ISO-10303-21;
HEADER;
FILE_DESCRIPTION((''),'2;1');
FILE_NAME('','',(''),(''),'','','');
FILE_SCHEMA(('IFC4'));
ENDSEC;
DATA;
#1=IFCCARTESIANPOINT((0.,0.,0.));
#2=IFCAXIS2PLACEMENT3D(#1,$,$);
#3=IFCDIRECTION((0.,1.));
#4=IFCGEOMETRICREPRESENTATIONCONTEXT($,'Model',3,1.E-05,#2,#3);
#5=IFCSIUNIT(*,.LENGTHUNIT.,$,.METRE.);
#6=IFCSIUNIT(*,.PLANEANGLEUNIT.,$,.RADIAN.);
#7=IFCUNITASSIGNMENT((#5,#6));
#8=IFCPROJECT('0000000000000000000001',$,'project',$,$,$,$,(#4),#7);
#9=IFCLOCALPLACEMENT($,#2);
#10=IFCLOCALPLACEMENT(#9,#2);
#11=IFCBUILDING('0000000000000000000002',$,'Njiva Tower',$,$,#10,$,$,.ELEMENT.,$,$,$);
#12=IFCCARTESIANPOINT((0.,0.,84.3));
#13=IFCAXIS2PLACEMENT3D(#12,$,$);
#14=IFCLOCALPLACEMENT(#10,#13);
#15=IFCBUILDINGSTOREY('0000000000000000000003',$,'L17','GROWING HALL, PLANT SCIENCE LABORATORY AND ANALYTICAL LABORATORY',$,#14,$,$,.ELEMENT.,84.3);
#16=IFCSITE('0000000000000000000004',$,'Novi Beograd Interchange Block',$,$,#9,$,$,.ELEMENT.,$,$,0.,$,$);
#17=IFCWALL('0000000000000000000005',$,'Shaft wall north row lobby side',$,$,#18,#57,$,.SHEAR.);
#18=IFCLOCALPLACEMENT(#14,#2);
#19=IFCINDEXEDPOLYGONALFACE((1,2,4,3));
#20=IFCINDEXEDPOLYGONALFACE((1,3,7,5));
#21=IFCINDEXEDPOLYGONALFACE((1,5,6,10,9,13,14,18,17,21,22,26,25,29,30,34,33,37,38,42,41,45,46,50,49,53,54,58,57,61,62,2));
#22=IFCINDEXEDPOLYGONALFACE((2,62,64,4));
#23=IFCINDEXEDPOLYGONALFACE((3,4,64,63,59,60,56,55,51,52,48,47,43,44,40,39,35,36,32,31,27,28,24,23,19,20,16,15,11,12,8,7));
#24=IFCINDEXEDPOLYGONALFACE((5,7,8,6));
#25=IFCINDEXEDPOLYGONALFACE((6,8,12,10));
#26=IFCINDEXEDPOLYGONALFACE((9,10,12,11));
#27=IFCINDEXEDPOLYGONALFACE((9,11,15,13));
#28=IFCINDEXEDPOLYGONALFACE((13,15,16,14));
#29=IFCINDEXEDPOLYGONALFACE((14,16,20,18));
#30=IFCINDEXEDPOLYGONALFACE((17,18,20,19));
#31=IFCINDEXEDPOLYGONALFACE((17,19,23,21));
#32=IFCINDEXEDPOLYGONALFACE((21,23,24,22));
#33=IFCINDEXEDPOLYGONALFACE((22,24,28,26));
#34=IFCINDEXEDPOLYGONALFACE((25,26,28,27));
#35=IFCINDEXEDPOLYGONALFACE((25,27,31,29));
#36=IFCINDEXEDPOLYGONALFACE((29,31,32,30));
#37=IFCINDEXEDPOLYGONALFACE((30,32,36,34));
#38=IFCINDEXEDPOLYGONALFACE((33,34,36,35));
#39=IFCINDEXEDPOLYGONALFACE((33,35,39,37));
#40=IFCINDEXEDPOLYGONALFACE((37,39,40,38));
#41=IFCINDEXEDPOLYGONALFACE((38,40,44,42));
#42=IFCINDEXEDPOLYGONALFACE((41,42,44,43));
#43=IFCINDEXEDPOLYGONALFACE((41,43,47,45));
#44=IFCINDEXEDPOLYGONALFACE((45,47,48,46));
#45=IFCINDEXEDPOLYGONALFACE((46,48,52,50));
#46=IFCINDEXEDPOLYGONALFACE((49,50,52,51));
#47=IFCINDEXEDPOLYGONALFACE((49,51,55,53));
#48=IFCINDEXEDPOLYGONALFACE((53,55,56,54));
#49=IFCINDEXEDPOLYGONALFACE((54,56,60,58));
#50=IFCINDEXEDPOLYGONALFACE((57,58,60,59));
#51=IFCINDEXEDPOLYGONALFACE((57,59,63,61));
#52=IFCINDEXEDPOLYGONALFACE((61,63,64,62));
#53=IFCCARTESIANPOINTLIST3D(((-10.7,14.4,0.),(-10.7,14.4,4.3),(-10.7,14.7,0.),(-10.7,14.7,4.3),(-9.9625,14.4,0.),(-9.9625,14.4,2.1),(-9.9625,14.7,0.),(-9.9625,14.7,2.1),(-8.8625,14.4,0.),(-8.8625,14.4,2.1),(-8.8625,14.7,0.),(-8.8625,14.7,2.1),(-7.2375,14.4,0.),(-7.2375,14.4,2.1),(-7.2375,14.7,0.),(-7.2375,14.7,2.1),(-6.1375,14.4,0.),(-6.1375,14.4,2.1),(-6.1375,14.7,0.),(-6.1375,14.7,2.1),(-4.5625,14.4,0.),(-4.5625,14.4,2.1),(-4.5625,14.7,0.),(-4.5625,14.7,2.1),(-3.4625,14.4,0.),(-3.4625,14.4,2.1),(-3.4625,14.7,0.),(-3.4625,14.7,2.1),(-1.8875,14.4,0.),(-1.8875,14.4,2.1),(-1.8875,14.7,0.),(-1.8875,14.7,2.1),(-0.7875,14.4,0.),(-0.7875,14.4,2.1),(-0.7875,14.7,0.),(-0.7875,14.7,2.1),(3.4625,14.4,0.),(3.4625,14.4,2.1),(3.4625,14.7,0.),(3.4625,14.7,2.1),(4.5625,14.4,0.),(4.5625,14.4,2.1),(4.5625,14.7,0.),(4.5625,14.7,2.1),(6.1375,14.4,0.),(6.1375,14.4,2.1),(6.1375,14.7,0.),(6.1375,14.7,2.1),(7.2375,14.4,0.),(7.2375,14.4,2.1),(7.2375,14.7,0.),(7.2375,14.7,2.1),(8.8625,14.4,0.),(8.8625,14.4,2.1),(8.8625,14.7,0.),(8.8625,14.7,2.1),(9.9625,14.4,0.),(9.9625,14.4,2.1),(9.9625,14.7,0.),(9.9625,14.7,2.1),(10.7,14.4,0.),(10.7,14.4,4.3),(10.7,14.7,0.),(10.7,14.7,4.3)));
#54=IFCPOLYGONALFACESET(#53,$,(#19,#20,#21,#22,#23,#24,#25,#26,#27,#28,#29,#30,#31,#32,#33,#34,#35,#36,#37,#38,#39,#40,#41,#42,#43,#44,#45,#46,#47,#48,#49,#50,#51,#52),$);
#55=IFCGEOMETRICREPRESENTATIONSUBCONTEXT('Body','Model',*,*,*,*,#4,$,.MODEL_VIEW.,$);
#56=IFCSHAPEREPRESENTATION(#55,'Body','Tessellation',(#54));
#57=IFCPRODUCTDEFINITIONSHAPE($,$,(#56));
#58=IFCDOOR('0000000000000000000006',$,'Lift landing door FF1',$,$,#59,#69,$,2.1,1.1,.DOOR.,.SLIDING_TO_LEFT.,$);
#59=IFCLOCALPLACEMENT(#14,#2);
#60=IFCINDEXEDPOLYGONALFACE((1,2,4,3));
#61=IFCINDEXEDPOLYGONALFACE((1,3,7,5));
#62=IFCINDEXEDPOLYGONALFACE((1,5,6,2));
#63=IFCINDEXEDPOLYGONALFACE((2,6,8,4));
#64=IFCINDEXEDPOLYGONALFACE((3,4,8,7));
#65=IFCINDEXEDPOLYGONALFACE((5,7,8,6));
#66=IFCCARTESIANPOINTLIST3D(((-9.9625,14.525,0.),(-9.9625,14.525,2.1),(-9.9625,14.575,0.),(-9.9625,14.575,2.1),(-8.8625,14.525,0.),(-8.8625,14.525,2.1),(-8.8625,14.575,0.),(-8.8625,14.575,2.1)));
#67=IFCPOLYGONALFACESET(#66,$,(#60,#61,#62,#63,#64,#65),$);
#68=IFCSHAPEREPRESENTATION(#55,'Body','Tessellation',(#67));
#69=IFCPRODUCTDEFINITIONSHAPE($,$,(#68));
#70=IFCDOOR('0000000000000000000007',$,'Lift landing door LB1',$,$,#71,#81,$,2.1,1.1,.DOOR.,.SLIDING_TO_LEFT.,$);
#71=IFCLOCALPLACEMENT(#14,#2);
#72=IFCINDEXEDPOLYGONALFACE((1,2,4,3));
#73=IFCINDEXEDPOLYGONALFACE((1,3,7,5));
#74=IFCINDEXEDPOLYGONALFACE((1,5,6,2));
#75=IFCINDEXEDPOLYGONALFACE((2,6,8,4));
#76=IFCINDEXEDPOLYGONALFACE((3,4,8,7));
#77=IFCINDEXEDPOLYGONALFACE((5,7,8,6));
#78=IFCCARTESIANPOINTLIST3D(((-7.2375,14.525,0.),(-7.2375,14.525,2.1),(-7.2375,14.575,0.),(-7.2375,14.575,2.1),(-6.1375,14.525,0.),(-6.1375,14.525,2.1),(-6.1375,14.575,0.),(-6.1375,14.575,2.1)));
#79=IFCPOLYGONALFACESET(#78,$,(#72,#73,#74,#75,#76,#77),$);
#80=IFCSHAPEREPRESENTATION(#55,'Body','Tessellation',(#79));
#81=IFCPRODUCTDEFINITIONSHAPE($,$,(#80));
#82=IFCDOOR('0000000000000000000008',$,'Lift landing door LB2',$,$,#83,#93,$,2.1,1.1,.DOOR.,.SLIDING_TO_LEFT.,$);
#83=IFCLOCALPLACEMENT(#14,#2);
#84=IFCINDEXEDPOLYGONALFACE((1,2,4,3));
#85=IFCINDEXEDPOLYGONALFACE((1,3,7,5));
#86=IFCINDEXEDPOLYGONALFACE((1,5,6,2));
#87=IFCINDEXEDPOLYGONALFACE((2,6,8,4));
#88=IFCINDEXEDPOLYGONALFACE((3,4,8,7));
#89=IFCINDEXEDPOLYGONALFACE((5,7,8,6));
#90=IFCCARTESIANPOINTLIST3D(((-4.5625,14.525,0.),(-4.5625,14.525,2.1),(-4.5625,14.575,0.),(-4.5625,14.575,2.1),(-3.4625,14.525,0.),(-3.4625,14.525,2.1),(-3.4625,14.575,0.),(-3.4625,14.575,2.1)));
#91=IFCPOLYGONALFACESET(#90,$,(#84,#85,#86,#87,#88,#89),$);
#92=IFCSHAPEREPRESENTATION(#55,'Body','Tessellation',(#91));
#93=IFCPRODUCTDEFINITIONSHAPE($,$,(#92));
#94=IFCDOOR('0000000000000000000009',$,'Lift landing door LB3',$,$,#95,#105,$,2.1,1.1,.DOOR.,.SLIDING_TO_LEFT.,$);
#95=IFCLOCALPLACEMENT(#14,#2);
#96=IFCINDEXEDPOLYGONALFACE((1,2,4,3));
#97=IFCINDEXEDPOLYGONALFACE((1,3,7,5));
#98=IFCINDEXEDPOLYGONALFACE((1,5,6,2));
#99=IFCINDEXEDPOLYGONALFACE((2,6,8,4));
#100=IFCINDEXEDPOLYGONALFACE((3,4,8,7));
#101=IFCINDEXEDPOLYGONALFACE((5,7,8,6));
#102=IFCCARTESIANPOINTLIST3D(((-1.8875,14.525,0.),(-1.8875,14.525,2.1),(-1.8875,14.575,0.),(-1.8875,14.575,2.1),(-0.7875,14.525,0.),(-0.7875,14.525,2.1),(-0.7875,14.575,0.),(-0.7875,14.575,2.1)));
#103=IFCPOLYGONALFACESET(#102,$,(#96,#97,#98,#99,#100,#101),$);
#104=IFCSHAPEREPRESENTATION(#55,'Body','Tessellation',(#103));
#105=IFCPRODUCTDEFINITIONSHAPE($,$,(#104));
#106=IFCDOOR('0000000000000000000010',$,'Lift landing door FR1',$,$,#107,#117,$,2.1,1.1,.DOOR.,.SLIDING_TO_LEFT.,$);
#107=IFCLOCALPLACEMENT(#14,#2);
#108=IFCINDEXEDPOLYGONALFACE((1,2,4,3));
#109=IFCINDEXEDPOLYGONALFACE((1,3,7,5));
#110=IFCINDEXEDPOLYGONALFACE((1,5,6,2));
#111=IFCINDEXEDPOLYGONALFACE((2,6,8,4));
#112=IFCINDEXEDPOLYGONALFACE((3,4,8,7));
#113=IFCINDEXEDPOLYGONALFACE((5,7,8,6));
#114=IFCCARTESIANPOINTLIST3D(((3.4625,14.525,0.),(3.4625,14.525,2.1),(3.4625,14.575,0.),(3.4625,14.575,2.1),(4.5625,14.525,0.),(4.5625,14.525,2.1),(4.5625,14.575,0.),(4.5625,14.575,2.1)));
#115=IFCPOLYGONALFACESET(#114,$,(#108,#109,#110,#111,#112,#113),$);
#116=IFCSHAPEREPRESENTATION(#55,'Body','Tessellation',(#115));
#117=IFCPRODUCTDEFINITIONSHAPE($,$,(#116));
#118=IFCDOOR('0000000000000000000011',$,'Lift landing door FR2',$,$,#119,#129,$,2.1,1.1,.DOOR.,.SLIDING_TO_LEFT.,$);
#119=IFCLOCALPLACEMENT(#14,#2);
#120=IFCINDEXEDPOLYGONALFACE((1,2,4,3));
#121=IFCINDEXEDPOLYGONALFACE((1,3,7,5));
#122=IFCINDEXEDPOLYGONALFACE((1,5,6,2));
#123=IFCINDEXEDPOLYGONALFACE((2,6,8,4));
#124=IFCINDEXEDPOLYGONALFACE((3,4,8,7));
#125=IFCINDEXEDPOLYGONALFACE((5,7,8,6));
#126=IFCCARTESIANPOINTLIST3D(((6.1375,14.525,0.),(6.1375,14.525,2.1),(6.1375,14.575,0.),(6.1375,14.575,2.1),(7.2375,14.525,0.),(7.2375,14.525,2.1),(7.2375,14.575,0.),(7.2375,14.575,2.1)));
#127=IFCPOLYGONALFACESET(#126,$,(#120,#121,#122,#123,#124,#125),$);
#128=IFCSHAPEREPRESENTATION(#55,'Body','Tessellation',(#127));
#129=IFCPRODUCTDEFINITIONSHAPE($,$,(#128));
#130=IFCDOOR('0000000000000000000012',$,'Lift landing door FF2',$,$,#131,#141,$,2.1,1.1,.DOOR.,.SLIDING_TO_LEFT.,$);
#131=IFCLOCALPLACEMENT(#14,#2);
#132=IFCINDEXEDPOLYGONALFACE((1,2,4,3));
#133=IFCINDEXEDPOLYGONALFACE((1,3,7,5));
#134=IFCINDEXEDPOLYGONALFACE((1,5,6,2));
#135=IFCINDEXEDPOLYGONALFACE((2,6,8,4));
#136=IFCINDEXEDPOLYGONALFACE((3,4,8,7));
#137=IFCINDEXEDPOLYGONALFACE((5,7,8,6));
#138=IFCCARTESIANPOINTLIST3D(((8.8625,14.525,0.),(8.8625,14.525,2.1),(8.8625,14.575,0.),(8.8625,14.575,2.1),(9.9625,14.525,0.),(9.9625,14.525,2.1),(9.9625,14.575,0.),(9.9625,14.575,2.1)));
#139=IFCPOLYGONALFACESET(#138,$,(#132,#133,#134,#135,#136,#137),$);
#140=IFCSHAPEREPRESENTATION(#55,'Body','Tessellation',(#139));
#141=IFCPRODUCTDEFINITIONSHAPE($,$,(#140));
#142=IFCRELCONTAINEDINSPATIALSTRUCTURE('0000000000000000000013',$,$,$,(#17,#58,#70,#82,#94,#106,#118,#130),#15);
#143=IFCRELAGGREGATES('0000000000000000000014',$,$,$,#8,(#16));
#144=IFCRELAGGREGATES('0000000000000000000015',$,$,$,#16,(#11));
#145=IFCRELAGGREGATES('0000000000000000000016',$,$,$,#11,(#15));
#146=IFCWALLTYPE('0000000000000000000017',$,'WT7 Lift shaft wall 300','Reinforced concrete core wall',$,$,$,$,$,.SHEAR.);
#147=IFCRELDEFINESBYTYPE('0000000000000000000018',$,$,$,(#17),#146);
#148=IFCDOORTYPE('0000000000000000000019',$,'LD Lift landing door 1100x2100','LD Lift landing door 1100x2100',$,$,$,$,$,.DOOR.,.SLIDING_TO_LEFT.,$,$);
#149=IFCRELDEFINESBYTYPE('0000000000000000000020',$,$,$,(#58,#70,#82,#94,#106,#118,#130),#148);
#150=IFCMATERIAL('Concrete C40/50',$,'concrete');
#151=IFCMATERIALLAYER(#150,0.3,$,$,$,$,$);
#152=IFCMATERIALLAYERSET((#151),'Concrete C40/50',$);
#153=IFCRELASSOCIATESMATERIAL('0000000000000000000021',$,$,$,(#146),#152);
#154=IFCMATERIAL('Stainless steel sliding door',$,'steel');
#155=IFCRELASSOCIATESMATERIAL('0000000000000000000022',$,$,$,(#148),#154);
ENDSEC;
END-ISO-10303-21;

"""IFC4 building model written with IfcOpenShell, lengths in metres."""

from ifc_helpers import new_model, si_unit, direction, frame, frame_2d, origin, place, context, subcontext, project, spatial, rectangle, extrude, material, layer, layer_set, type_object, element, fill, save


model = new_model("IFC4")

# Units and contexts
model_context = context("Model", 3, precision=1e-05, world=origin(), true_north=direction((0.0, 1.0)))
body_context = subcontext(model_context, "Body", "Model", "MODEL_VIEW")
ifc_project = project(units=[si_unit("LENGTHUNIT", "METRE"), si_unit("PLANEANGLEUNIT", "RADIAN")], contexts=[model_context])

# Site, building, storey
site_placement = place(None, origin())
site = spatial("IfcSite", under=ifc_project, at=site_placement, Name="Novi Beograd Interchange Block", CompositionType="ELEMENT", RefElevation=0.0)
building_placement = place(site_placement, origin())
building = spatial("IfcBuilding", under=site, at=building_placement, Name="Njiva Tower", CompositionType="ELEMENT")
storey_placement = place(building_placement, frame((0.0, 0.0, 84.3)))
storey = spatial("IfcBuildingStorey", under=building, at=storey_placement, Name="L17", Description="GROWING HALL, PLANT SCIENCE LABORATORY AND ANALYTICAL LABORATORY", CompositionType="ELEMENT", Elevation=84.3)

# Shared definitions
ifc_material_1 = material(Name="Concrete C40/50", Category="concrete")

# Wall, openings, doors
ifc_layer_1 = layer(ifc_material_1, 0.3)
ifc_layer_set_1 = layer_set([ifc_layer_1], Name="Concrete C40/50")
wall_type_1 = type_object("IfcWallType", Name="WT7 Lift shaft wall 300", Description="Reinforced concrete core wall", PredefinedType="SHEAR", material=ifc_layer_set_1)
wall_1_placement = place(storey_placement, frame((-10.7, 14.55, 0.0), z_axis=(0.0, 0.0, 1.0), x_axis=(1.0, 0.0, 0.0)))
wall_1 = element("IfcWall", 1, at=wall_1_placement, inside=storey, type_object=wall_type_1, Name="Shaft wall north row lobby side", PredefinedType="SHEAR", context=body_context, shape_type="SweptSolid", body=[
    extrude(rectangle(XDim=21.4, YDim=0.3, at=frame_2d((10.7, 0.0))), origin(), (0.0, 0.0, 1.0), 4.3),
])
opening_1_placement = place(wall_1_placement, frame((0.7375, 0.0, 0.0)))
opening_1 = element("IfcOpeningElement", 2, at=opening_1_placement, cuts=wall_1, PredefinedType="OPENING", context=body_context, shape_type="SweptSolid", body=[
    extrude(rectangle(XDim=1.1, YDim=2.1, at=frame_2d((0.55, 1.05))), frame((0.0, 0.16, 0.0), z_axis=(0.0, -1.0, 0.0), x_axis=(1.0, 0.0, 0.0)), (0.0, 0.0, 1.0), 0.32),
])
opening_2_placement = place(wall_1_placement, frame((3.4625, 0.0, 0.0)))
opening_2 = element("IfcOpeningElement", 3, at=opening_2_placement, cuts=wall_1, PredefinedType="OPENING", context=body_context, shape_type="SweptSolid", body=[
    extrude(rectangle(XDim=1.1, YDim=2.1, at=frame_2d((0.55, 1.05))), frame((0.0, 0.16, 0.0), z_axis=(0.0, -1.0, 0.0), x_axis=(1.0, 0.0, 0.0)), (0.0, 0.0, 1.0), 0.32),
])
opening_3_placement = place(wall_1_placement, frame((6.1375, 0.0, 0.0)))
opening_3 = element("IfcOpeningElement", 4, at=opening_3_placement, cuts=wall_1, PredefinedType="OPENING", context=body_context, shape_type="SweptSolid", body=[
    extrude(rectangle(XDim=1.1, YDim=2.1, at=frame_2d((0.55, 1.05))), frame((0.0, 0.16, 0.0), z_axis=(0.0, -1.0, 0.0), x_axis=(1.0, 0.0, 0.0)), (0.0, 0.0, 1.0), 0.32),
])
opening_4_placement = place(wall_1_placement, frame((8.8125, 0.0, 0.0)))
opening_4 = element("IfcOpeningElement", 5, at=opening_4_placement, cuts=wall_1, PredefinedType="OPENING", context=body_context, shape_type="SweptSolid", body=[
    extrude(rectangle(XDim=1.1, YDim=2.1, at=frame_2d((0.55, 1.05))), frame((0.0, 0.16, 0.0), z_axis=(0.0, -1.0, 0.0), x_axis=(1.0, 0.0, 0.0)), (0.0, 0.0, 1.0), 0.32),
])
opening_5_placement = place(wall_1_placement, frame((14.1625, 0.0, 0.0)))
opening_5 = element("IfcOpeningElement", 6, at=opening_5_placement, cuts=wall_1, PredefinedType="OPENING", context=body_context, shape_type="SweptSolid", body=[
    extrude(rectangle(XDim=1.1, YDim=2.1, at=frame_2d((0.55, 1.05))), frame((0.0, 0.16, 0.0), z_axis=(0.0, -1.0, 0.0), x_axis=(1.0, 0.0, 0.0)), (0.0, 0.0, 1.0), 0.32),
])
opening_6_placement = place(wall_1_placement, frame((16.8375, 0.0, 0.0)))
opening_6 = element("IfcOpeningElement", 7, at=opening_6_placement, cuts=wall_1, PredefinedType="OPENING", context=body_context, shape_type="SweptSolid", body=[
    extrude(rectangle(XDim=1.1, YDim=2.1, at=frame_2d((0.55, 1.05))), frame((0.0, 0.16, 0.0), z_axis=(0.0, -1.0, 0.0), x_axis=(1.0, 0.0, 0.0)), (0.0, 0.0, 1.0), 0.32),
])
opening_7_placement = place(wall_1_placement, frame((19.5625, 0.0, 0.0)))
opening_7 = element("IfcOpeningElement", 8, at=opening_7_placement, cuts=wall_1, PredefinedType="OPENING", context=body_context, shape_type="SweptSolid", body=[
    extrude(rectangle(XDim=1.1, YDim=2.1, at=frame_2d((0.55, 1.05))), frame((0.0, 0.16, 0.0), z_axis=(0.0, -1.0, 0.0), x_axis=(1.0, 0.0, 0.0)), (0.0, 0.0, 1.0), 0.32),
])
ifc_material_2 = material(Name="Stainless steel sliding door", Category="steel")
door_type_1 = type_object("IfcDoorType", Name="LD Lift landing door 1100x2100", Description="LD Lift landing door 1100x2100", OperationType="SLIDING_TO_LEFT", PredefinedType="DOOR", material=ifc_material_2)
door_1_placement = place(opening_1_placement, origin())
door_1 = element("IfcDoor", 9, at=door_1_placement, inside=storey, type_object=door_type_1, Name="Lift landing door FF1", OperationType="SLIDING_TO_LEFT", OverallHeight=2.1, OverallWidth=1.1, PredefinedType="DOOR", context=body_context, shape_type="SweptSolid", body=[
    extrude(rectangle(XDim=1.1, YDim=2.1, at=frame_2d((0.55, 1.05))), frame((0.0, 0.025, 0.0), z_axis=(0.0, -1.0, 0.0), x_axis=(1.0, 0.0, 0.0)), (0.0, 0.0, 1.0), 0.05),
])
fill(opening_1, door_1)
door_2_placement = place(opening_2_placement, origin())
door_2 = element("IfcDoor", 10, at=door_2_placement, inside=storey, type_object=door_type_1, Name="Lift landing door LB1", OperationType="SLIDING_TO_LEFT", OverallHeight=2.1, OverallWidth=1.1, PredefinedType="DOOR", context=body_context, shape_type="SweptSolid", body=[
    extrude(rectangle(XDim=1.1, YDim=2.1, at=frame_2d((0.55, 1.05))), frame((0.0, 0.025, 0.0), z_axis=(0.0, -1.0, 0.0), x_axis=(1.0, 0.0, 0.0)), (0.0, 0.0, 1.0), 0.05),
])
fill(opening_2, door_2)
door_3_placement = place(opening_3_placement, origin())
door_3 = element("IfcDoor", 11, at=door_3_placement, inside=storey, type_object=door_type_1, Name="Lift landing door LB2", OperationType="SLIDING_TO_LEFT", OverallHeight=2.1, OverallWidth=1.1, PredefinedType="DOOR", context=body_context, shape_type="SweptSolid", body=[
    extrude(rectangle(XDim=1.1, YDim=2.1, at=frame_2d((0.55, 1.05))), frame((0.0, 0.025, 0.0), z_axis=(0.0, -1.0, 0.0), x_axis=(1.0, 0.0, 0.0)), (0.0, 0.0, 1.0), 0.05),
])
fill(opening_3, door_3)
door_4_placement = place(opening_4_placement, origin())
door_4 = element("IfcDoor", 12, at=door_4_placement, inside=storey, type_object=door_type_1, Name="Lift landing door LB3", OperationType="SLIDING_TO_LEFT", OverallHeight=2.1, OverallWidth=1.1, PredefinedType="DOOR", context=body_context, shape_type="SweptSolid", body=[
    extrude(rectangle(XDim=1.1, YDim=2.1, at=frame_2d((0.55, 1.05))), frame((0.0, 0.025, 0.0), z_axis=(0.0, -1.0, 0.0), x_axis=(1.0, 0.0, 0.0)), (0.0, 0.0, 1.0), 0.05),
])
fill(opening_4, door_4)
door_5_placement = place(opening_5_placement, origin())
door_5 = element("IfcDoor", 13, at=door_5_placement, inside=storey, type_object=door_type_1, Name="Lift landing door FR1", OperationType="SLIDING_TO_LEFT", OverallHeight=2.1, OverallWidth=1.1, PredefinedType="DOOR", context=body_context, shape_type="SweptSolid", body=[
    extrude(rectangle(XDim=1.1, YDim=2.1, at=frame_2d((0.55, 1.05))), frame((0.0, 0.025, 0.0), z_axis=(0.0, -1.0, 0.0), x_axis=(1.0, 0.0, 0.0)), (0.0, 0.0, 1.0), 0.05),
])
fill(opening_5, door_5)
door_6_placement = place(opening_6_placement, origin())
door_6 = element("IfcDoor", 14, at=door_6_placement, inside=storey, type_object=door_type_1, Name="Lift landing door FR2", OperationType="SLIDING_TO_LEFT", OverallHeight=2.1, OverallWidth=1.1, PredefinedType="DOOR", context=body_context, shape_type="SweptSolid", body=[
    extrude(rectangle(XDim=1.1, YDim=2.1, at=frame_2d((0.55, 1.05))), frame((0.0, 0.025, 0.0), z_axis=(0.0, -1.0, 0.0), x_axis=(1.0, 0.0, 0.0)), (0.0, 0.0, 1.0), 0.05),
])
fill(opening_6, door_6)
door_7_placement = place(opening_7_placement, origin())
door_7 = element("IfcDoor", 15, at=door_7_placement, inside=storey, type_object=door_type_1, Name="Lift landing door FF2", OperationType="SLIDING_TO_LEFT", OverallHeight=2.1, OverallWidth=1.1, PredefinedType="DOOR", context=body_context, shape_type="SweptSolid", body=[
    extrude(rectangle(XDim=1.1, YDim=2.1, at=frame_2d((0.55, 1.05))), frame((0.0, 0.025, 0.0), z_axis=(0.0, -1.0, 0.0), x_axis=(1.0, 0.0, 0.0)), (0.0, 0.0, 1.0), 0.05),
])
fill(opening_7, door_7)

save(model, "model.ifc")
